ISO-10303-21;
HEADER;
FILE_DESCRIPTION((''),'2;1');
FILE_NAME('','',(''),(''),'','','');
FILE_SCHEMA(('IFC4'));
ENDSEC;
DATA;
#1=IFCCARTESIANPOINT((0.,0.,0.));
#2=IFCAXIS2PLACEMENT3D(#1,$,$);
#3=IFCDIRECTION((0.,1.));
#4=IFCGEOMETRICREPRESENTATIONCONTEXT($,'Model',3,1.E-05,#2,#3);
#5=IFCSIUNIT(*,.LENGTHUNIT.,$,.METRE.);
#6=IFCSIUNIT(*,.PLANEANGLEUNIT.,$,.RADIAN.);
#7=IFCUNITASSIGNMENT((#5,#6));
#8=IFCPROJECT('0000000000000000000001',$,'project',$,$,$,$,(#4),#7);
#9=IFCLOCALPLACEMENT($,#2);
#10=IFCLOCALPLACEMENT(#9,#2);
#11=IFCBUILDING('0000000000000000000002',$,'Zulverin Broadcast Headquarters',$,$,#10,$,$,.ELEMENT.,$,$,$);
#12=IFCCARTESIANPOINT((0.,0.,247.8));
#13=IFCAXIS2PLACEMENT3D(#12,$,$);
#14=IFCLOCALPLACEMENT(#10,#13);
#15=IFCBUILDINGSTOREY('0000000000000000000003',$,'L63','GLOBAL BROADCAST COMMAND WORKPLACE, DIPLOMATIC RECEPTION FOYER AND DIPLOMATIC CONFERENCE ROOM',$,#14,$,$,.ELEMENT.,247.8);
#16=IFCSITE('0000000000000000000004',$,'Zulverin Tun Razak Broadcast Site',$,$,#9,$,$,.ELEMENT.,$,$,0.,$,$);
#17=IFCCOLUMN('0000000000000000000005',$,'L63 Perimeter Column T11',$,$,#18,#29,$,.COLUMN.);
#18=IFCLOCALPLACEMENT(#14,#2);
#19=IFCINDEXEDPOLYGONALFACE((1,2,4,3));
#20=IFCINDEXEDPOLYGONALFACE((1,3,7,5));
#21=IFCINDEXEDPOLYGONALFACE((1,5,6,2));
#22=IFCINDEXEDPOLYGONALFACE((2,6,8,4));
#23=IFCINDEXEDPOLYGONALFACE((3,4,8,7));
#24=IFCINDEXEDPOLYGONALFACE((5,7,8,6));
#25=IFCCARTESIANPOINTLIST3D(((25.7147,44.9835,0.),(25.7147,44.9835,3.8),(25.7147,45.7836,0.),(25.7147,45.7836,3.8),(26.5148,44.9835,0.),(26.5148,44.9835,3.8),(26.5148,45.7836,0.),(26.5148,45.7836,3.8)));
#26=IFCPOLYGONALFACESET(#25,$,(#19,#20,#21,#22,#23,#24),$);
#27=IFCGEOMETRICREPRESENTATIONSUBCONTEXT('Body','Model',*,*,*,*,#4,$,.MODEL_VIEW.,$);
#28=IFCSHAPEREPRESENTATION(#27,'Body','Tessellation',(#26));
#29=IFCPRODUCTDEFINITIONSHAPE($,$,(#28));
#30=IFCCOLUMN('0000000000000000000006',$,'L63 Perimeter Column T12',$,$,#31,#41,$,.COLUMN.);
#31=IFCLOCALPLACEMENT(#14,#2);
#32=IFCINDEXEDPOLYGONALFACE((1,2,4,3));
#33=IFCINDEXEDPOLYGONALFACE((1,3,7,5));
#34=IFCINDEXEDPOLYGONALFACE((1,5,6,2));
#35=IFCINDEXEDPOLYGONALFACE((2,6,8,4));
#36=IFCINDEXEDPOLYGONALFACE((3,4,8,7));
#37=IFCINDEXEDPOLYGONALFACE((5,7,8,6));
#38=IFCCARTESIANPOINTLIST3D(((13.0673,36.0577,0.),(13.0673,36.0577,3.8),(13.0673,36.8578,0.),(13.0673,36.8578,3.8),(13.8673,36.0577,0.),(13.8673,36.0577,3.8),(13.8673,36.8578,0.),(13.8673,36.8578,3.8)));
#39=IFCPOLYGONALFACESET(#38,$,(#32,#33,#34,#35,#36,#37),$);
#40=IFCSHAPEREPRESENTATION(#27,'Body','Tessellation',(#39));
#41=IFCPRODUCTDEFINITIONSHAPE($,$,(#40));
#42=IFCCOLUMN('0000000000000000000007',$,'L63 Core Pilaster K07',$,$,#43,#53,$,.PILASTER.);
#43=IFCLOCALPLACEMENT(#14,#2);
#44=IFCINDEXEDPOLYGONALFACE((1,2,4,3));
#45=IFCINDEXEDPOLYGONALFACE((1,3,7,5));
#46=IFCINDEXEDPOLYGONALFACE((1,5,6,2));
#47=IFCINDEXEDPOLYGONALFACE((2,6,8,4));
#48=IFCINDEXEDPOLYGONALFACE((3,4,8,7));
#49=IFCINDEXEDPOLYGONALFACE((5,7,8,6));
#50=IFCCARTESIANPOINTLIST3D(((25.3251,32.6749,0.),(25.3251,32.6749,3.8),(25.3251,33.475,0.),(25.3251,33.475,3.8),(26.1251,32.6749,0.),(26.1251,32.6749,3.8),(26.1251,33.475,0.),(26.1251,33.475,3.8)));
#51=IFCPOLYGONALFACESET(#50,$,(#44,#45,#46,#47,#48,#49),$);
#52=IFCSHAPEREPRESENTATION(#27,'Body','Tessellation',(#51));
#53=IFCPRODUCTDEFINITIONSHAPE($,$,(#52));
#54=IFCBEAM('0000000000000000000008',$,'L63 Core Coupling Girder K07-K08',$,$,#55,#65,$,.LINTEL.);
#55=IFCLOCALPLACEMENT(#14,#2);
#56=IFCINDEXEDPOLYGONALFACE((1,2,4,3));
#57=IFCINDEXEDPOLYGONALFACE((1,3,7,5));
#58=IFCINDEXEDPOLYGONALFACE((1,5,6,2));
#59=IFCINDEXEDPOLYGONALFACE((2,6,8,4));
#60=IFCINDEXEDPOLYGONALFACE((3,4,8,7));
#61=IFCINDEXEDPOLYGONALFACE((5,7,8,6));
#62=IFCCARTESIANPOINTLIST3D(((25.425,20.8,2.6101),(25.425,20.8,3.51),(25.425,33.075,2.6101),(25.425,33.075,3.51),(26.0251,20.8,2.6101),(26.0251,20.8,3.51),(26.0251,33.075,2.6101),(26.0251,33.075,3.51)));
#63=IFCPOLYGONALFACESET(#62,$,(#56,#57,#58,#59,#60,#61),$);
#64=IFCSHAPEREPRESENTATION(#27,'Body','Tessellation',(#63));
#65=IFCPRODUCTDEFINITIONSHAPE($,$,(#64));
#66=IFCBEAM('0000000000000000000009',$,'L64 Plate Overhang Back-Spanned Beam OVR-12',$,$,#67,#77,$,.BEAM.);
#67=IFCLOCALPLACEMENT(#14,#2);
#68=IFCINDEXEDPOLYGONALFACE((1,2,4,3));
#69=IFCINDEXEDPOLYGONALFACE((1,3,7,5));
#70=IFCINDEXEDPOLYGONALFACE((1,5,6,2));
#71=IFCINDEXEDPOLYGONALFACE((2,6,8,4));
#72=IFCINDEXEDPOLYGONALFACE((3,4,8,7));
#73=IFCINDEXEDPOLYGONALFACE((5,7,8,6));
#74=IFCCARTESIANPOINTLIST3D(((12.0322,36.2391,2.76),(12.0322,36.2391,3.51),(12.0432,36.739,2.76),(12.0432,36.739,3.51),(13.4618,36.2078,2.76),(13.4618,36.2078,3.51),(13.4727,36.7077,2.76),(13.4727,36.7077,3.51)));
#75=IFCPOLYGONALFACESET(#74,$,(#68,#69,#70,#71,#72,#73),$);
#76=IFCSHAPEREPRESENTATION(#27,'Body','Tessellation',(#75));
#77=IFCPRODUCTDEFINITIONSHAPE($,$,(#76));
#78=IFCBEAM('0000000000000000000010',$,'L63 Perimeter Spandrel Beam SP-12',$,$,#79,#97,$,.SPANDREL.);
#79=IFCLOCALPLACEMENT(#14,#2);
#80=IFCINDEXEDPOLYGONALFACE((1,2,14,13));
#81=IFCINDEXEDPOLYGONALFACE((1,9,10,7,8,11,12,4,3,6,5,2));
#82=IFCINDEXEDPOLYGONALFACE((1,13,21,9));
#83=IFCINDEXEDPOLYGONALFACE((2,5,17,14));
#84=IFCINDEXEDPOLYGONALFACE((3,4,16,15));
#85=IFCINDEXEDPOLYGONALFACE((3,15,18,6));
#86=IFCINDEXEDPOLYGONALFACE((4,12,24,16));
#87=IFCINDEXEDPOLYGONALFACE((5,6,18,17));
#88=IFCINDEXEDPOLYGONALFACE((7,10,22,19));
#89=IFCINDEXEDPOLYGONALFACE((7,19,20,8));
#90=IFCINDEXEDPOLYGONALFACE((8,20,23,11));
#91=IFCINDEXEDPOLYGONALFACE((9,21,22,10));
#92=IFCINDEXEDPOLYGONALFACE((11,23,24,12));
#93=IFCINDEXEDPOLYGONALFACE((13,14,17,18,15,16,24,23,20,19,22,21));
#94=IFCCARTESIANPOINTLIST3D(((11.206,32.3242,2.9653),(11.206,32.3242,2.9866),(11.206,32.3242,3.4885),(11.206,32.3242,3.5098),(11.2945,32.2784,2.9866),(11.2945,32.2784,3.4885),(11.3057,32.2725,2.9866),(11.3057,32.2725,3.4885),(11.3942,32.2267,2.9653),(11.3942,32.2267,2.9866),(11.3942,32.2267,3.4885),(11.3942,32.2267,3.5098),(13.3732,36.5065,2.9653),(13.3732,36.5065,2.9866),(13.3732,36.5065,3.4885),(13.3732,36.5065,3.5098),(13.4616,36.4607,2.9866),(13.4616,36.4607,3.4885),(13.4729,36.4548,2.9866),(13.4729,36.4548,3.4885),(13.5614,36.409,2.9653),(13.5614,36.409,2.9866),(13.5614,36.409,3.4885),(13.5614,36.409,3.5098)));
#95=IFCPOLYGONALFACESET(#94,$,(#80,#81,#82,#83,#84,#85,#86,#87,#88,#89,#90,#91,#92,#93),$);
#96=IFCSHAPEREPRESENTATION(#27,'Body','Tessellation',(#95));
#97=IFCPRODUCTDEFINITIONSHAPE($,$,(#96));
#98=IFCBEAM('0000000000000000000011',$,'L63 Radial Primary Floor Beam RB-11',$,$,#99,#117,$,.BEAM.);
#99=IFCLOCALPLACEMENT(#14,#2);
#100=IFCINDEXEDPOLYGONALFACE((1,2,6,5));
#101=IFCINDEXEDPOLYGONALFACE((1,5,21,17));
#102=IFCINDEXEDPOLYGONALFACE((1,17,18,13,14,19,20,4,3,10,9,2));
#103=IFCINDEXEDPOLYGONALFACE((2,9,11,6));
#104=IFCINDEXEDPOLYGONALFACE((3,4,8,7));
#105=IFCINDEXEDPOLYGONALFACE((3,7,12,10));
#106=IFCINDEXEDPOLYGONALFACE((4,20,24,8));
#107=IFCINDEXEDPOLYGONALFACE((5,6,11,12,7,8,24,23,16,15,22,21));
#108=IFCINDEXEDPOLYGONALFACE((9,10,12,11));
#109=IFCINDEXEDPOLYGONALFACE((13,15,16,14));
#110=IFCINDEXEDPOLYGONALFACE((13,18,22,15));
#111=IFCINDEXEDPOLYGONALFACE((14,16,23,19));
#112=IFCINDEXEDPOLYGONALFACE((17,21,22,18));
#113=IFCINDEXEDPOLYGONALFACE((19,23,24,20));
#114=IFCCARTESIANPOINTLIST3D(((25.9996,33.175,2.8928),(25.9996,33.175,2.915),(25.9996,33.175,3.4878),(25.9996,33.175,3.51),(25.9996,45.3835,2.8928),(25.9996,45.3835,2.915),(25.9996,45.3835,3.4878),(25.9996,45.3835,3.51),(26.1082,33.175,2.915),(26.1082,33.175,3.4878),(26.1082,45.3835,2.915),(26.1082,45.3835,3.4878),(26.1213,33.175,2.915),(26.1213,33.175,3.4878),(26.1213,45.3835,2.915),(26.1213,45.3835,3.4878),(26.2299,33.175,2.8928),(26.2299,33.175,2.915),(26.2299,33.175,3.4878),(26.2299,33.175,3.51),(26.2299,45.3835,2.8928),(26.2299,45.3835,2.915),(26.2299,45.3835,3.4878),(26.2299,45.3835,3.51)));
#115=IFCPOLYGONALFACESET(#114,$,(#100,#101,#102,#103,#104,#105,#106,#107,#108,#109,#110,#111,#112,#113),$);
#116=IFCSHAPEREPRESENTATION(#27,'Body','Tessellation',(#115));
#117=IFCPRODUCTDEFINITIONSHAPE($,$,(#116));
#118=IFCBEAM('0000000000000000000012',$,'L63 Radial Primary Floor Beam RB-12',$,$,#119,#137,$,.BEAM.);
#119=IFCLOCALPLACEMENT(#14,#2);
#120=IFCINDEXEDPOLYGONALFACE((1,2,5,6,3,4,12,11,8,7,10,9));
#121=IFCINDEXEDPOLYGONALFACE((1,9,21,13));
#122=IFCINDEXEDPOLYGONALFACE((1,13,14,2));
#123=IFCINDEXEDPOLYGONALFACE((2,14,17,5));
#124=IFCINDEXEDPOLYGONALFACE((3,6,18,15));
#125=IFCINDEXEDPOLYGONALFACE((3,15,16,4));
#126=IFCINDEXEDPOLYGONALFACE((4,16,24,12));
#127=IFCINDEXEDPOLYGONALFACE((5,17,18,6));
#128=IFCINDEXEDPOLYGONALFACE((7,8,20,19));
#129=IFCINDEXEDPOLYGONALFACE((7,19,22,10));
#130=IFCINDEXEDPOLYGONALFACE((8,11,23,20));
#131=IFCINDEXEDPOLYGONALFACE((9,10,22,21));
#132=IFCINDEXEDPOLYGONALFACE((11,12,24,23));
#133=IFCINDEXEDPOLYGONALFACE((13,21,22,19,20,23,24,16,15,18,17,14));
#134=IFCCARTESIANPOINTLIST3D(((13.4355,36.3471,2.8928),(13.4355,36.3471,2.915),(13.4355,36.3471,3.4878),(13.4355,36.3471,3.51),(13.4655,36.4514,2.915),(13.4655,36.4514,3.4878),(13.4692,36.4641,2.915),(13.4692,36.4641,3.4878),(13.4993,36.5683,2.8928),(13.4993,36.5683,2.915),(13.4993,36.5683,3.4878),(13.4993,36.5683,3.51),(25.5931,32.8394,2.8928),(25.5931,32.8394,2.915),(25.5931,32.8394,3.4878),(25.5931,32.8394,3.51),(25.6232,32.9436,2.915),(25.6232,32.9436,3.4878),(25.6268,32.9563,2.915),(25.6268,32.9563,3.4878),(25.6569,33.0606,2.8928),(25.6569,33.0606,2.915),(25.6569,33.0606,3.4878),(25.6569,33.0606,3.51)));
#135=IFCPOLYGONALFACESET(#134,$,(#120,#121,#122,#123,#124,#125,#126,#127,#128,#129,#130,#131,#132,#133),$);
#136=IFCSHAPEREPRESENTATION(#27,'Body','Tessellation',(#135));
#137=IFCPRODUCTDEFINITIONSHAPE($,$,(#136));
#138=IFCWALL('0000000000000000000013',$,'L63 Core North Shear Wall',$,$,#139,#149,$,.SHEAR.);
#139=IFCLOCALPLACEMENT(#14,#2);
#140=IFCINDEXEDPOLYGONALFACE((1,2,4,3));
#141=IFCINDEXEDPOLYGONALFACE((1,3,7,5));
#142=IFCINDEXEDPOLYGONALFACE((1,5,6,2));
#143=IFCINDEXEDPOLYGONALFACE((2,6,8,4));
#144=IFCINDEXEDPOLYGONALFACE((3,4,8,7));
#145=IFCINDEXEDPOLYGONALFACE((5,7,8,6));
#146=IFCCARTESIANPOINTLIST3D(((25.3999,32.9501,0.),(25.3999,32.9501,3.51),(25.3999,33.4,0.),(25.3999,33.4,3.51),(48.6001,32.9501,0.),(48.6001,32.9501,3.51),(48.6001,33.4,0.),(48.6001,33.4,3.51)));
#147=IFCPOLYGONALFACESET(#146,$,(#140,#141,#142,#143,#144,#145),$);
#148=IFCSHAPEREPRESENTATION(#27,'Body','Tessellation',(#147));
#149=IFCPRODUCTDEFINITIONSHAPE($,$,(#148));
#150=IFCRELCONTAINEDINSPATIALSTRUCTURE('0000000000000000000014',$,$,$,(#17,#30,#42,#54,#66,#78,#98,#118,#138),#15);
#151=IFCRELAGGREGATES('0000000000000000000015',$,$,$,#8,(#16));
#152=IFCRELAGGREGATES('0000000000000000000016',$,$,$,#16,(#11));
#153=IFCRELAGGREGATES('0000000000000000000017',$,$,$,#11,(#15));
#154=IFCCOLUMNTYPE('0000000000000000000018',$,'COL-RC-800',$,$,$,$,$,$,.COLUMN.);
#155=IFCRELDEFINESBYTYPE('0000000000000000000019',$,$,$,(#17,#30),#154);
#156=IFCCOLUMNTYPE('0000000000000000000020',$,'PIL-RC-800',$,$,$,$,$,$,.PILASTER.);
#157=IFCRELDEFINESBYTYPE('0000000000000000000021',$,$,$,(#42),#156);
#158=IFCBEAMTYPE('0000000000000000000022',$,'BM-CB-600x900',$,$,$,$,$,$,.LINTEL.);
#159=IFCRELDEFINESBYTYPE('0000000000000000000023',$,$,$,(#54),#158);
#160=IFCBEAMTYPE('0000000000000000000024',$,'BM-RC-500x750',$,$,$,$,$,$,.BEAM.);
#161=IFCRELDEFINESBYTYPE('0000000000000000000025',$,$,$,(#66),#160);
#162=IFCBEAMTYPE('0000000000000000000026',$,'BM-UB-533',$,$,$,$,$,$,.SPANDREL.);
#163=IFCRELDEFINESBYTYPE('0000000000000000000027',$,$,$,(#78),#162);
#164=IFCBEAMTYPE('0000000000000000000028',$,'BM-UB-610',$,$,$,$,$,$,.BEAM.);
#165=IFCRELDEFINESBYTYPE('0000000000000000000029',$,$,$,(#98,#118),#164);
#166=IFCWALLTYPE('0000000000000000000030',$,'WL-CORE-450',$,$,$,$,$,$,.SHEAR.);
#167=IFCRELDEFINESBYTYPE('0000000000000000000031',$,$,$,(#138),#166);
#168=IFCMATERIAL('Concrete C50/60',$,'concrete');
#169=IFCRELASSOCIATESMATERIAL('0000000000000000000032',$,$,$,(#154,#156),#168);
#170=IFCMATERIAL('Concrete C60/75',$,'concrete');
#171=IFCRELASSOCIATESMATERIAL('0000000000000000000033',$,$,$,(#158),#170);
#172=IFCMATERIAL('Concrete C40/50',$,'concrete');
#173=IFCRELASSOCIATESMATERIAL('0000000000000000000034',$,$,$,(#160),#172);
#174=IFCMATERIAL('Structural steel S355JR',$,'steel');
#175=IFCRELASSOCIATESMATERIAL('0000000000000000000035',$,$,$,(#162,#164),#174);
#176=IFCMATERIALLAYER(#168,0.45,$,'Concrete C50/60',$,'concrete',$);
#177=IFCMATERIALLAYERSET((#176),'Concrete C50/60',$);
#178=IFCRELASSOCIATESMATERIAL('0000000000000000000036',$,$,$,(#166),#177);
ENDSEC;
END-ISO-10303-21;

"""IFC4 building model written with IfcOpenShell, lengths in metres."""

from ifc_helpers import new_model, si_unit, direction, frame, frame_2d, origin, origin_2d, place, context, subcontext, project, spatial, rectangle, i_section, extrude, material, layer, layer_set, material_profile, profile_set, type_object, element, save


model = new_model("IFC4")

# Units and contexts
model_context = context("Model", 3, precision=1e-05, world=origin(), true_north=direction((0.0, 1.0)))
body_context = subcontext(model_context, "Body", "Model", "MODEL_VIEW")
ifc_project = project(units=[si_unit("LENGTHUNIT", "METRE"), si_unit("PLANEANGLEUNIT", "RADIAN")], contexts=[model_context])

# Site, building, storey
site_placement = place(None, origin())
site = spatial("IfcSite", under=ifc_project, at=site_placement, Name="Zulverin Tun Razak Broadcast Site", CompositionType="ELEMENT", RefElevation=0.0)
building_placement = place(site_placement, origin())
building = spatial("IfcBuilding", under=site, at=building_placement, Name="Zulverin Broadcast Headquarters", CompositionType="ELEMENT")
storey_placement = place(building_placement, frame((0.0, 0.0, 247.8)))
storey = spatial("IfcBuildingStorey", under=building, at=storey_placement, Name="L63", Description="GLOBAL BROADCAST COMMAND WORKPLACE, DIPLOMATIC RECEPTION FOYER AND DIPLOMATIC CONFERENCE ROOM", CompositionType="ELEMENT", Elevation=247.8)

# Columns
ifc_material_1 = material(Name="Concrete C50/60", Category="concrete")
ifc_material_profile_1 = material_profile(ifc_material_1, rectangle(XDim=0.8, YDim=0.8, at=origin_2d()), Name="Concrete C50/60", Category="concrete")
ifc_profile_set_1 = profile_set([ifc_material_profile_1], Name="Concrete C50/60")
column_type_1 = type_object("IfcColumnType", Name="COL-RC-800", PredefinedType="COLUMN", material=ifc_profile_set_1)
for number, where, z_axis, x_axis, name in (
    (1, (26.1147, 45.3835, 0.0), (0.0, 0.0, 1.0), (1.0, 0.0, 0.0), "L63 Perimeter Column T11"),
    (2, (13.4673, 36.4578, 0.0), (0.0, 0.0, 1.0), (1.0, 0.0, 0.0), "L63 Perimeter Column T12"),
):
    element("IfcColumn", number, at=place(storey_placement, frame(where, z_axis=z_axis, x_axis=x_axis)), inside=storey, type_object=column_type_1, Name=name, PredefinedType="COLUMN", context=body_context, shape_type="SweptSolid", body=[
        extrude(rectangle(XDim=0.8, YDim=0.8, at=origin_2d()), origin(), (0.0, 0.0, 1.0), 3.8),
    ])
ifc_material_profile_2 = material_profile(ifc_material_1, rectangle(XDim=0.8, YDim=0.8, at=origin_2d()), Name="Concrete C50/60", Category="concrete")
ifc_profile_set_2 = profile_set([ifc_material_profile_2], Name="Concrete C50/60")
column_type_2 = type_object("IfcColumnType", Name="PIL-RC-800", PredefinedType="PILASTER", material=ifc_profile_set_2)
column_placement = place(storey_placement, frame((25.7251, 33.075, 0.0), z_axis=(0.0, 0.0, 1.0), x_axis=(1.0, 0.0, 0.0)))
element("IfcColumn", 3, at=column_placement, inside=storey, type_object=column_type_2, Name="L63 Core Pilaster K07", PredefinedType="PILASTER", context=body_context, shape_type="SweptSolid", body=[
    extrude(rectangle(XDim=0.8, YDim=0.8, at=origin_2d()), origin(), (0.0, 0.0, 1.0), 3.8),
])

# Beams
ifc_material_2 = material(Name="Concrete C60/75", Category="concrete")
ifc_material_profile_3 = material_profile(ifc_material_2, rectangle(XDim=0.6001, YDim=0.8999, at=origin_2d()), Name="Concrete C60/75", Category="concrete")
ifc_profile_set_3 = profile_set([ifc_material_profile_3], Name="Concrete C60/75")
beam_type_1 = type_object("IfcBeamType", Name="BM-CB-600x900", PredefinedType="LINTEL", material=ifc_profile_set_3)
beam_1_placement = place(storey_placement, frame((25.7251, 33.075, 3.0601), z_axis=(0.0, -1.0, 0.0), x_axis=(1.0, 0.0, 0.0)))
element("IfcBeam", 4, at=beam_1_placement, inside=storey, type_object=beam_type_1, Name="L63 Core Coupling Girder K07-K08", PredefinedType="LINTEL", context=body_context, shape_type="SweptSolid", body=[
    extrude(rectangle(XDim=0.6001, YDim=0.8999, at=origin_2d()), origin(), (0.0, 0.0, 1.0), 12.2749),
])
ifc_material_3 = material(Name="Concrete C40/50", Category="concrete")
ifc_material_profile_4 = material_profile(ifc_material_3, rectangle(XDim=0.5, YDim=0.75, at=origin_2d()), Name="Concrete C40/50", Category="concrete")
ifc_profile_set_4 = profile_set([ifc_material_profile_4], Name="Concrete C40/50")
beam_type_2 = type_object("IfcBeamType", Name="BM-RC-500x750", PredefinedType="BEAM", material=ifc_profile_set_4)
beam_2_placement = place(storey_placement, frame((13.4673, 36.4578, 3.135), z_axis=(-0.999761, 0.021853, 0.0), x_axis=(-0.021853, -0.999761, 0.0)))
element("IfcBeam", 5, at=beam_2_placement, inside=storey, type_object=beam_type_2, Name="L64 Plate Overhang Back-Spanned Beam OVR-12", PredefinedType="BEAM", context=body_context, shape_type="SweptSolid", body=[
    extrude(rectangle(XDim=0.5, YDim=0.75, at=origin_2d()), origin(), (0.0, 0.0, 1.0), 1.4299),
])
ifc_material_4 = material(Name="Structural steel S355JR", Category="steel")
ifc_material_profile_5 = material_profile(ifc_material_4, i_section(OverallWidth=0.2119, OverallDepth=0.5444, WebThickness=0.0127, FlangeThickness=0.0212, at=origin_2d()), Name="Structural steel S355JR", Category="steel")
ifc_profile_set_5 = profile_set([ifc_material_profile_5], Name="Structural steel S355JR")
beam_type_3 = type_object("IfcBeamType", Name="BM-UB-533", PredefinedType="SPANDREL", material=ifc_profile_set_5)
beam_3_placement = place(storey_placement, frame((13.4673, 36.4578, 3.2375), z_axis=(-0.460083, -0.887876, 0.0), x_axis=(0.887876, -0.460083, 0.0)))
element("IfcBeam", 6, at=beam_3_placement, inside=storey, type_object=beam_type_3, Name="L63 Perimeter Spandrel Beam SP-12", PredefinedType="SPANDREL", context=body_context, shape_type="SweptSolid", body=[
    extrude(i_section(OverallWidth=0.2119, OverallDepth=0.5444, WebThickness=0.0127, FlangeThickness=0.0212, at=origin_2d()), origin(), (0.0, 0.0, 1.0), 4.7104),
])
ifc_material_profile_6 = material_profile(ifc_material_4, i_section(OverallWidth=0.2302, OverallDepth=0.6172, WebThickness=0.0132, FlangeThickness=0.0222, at=origin_2d()), Name="Structural steel S355JR", Category="steel")
ifc_profile_set_6 = profile_set([ifc_material_profile_6], Name="Structural steel S355JR")
beam_type_4 = type_object("IfcBeamType", Name="BM-UB-610", PredefinedType="BEAM", material=ifc_profile_set_6)
beam_4_placement = place(storey_placement, frame((26.1147, 33.175, 3.2014), z_axis=(0.0, 1.0, 0.0), x_axis=(-1.0, 0.0, 0.0)))
element("IfcBeam", 7, at=beam_4_placement, inside=storey, type_object=beam_type_4, Name="L63 Radial Primary Floor Beam RB-11", PredefinedType="BEAM", context=body_context, shape_type="SweptSolid", body=[
    extrude(i_section(OverallWidth=0.2302, OverallDepth=0.6172, WebThickness=0.0132, FlangeThickness=0.0222, at=origin_2d()), origin(), (0.0, 0.0, 1.0), 12.2085),
])
beam_5_placement = place(storey_placement, frame((25.625, 32.95, 3.2014), z_axis=(-0.960807, 0.277218, 0.0), x_axis=(-0.277218, -0.960807, 0.0)))
element("IfcBeam", 8, at=beam_5_placement, inside=storey, type_object=beam_type_4, Name="L63 Radial Primary Floor Beam RB-12", PredefinedType="BEAM", context=body_context, shape_type="SweptSolid", body=[
    extrude(i_section(OverallWidth=0.2302, OverallDepth=0.6172, WebThickness=0.0132, FlangeThickness=0.0222, at=origin_2d()), origin(), (0.0, 0.0, 1.0), 12.6536),
])

# Wall
ifc_layer_1 = layer(ifc_material_1, 0.45, Name="Concrete C50/60", Category="concrete")
ifc_layer_set_1 = layer_set([ifc_layer_1], Name="Concrete C50/60")
wall_type_1 = type_object("IfcWallType", Name="WL-CORE-450", PredefinedType="SHEAR", material=ifc_layer_set_1)
wall_1_placement = place(storey_placement, frame((25.3999, 33.175, 0.0), z_axis=(0.0, 0.0, 1.0), x_axis=(1.0, 0.0, 0.0)))
element("IfcWall", 9, at=wall_1_placement, inside=storey, type_object=wall_type_1, Name="L63 Core North Shear Wall", PredefinedType="SHEAR", context=body_context, shape_type="SweptSolid", body=[
    extrude(rectangle(XDim=23.2002, YDim=0.45, at=frame_2d((11.6001, 0.0))), origin(), (0.0, 0.0, 1.0), 3.51),
])

save(model, "model.ifc")
